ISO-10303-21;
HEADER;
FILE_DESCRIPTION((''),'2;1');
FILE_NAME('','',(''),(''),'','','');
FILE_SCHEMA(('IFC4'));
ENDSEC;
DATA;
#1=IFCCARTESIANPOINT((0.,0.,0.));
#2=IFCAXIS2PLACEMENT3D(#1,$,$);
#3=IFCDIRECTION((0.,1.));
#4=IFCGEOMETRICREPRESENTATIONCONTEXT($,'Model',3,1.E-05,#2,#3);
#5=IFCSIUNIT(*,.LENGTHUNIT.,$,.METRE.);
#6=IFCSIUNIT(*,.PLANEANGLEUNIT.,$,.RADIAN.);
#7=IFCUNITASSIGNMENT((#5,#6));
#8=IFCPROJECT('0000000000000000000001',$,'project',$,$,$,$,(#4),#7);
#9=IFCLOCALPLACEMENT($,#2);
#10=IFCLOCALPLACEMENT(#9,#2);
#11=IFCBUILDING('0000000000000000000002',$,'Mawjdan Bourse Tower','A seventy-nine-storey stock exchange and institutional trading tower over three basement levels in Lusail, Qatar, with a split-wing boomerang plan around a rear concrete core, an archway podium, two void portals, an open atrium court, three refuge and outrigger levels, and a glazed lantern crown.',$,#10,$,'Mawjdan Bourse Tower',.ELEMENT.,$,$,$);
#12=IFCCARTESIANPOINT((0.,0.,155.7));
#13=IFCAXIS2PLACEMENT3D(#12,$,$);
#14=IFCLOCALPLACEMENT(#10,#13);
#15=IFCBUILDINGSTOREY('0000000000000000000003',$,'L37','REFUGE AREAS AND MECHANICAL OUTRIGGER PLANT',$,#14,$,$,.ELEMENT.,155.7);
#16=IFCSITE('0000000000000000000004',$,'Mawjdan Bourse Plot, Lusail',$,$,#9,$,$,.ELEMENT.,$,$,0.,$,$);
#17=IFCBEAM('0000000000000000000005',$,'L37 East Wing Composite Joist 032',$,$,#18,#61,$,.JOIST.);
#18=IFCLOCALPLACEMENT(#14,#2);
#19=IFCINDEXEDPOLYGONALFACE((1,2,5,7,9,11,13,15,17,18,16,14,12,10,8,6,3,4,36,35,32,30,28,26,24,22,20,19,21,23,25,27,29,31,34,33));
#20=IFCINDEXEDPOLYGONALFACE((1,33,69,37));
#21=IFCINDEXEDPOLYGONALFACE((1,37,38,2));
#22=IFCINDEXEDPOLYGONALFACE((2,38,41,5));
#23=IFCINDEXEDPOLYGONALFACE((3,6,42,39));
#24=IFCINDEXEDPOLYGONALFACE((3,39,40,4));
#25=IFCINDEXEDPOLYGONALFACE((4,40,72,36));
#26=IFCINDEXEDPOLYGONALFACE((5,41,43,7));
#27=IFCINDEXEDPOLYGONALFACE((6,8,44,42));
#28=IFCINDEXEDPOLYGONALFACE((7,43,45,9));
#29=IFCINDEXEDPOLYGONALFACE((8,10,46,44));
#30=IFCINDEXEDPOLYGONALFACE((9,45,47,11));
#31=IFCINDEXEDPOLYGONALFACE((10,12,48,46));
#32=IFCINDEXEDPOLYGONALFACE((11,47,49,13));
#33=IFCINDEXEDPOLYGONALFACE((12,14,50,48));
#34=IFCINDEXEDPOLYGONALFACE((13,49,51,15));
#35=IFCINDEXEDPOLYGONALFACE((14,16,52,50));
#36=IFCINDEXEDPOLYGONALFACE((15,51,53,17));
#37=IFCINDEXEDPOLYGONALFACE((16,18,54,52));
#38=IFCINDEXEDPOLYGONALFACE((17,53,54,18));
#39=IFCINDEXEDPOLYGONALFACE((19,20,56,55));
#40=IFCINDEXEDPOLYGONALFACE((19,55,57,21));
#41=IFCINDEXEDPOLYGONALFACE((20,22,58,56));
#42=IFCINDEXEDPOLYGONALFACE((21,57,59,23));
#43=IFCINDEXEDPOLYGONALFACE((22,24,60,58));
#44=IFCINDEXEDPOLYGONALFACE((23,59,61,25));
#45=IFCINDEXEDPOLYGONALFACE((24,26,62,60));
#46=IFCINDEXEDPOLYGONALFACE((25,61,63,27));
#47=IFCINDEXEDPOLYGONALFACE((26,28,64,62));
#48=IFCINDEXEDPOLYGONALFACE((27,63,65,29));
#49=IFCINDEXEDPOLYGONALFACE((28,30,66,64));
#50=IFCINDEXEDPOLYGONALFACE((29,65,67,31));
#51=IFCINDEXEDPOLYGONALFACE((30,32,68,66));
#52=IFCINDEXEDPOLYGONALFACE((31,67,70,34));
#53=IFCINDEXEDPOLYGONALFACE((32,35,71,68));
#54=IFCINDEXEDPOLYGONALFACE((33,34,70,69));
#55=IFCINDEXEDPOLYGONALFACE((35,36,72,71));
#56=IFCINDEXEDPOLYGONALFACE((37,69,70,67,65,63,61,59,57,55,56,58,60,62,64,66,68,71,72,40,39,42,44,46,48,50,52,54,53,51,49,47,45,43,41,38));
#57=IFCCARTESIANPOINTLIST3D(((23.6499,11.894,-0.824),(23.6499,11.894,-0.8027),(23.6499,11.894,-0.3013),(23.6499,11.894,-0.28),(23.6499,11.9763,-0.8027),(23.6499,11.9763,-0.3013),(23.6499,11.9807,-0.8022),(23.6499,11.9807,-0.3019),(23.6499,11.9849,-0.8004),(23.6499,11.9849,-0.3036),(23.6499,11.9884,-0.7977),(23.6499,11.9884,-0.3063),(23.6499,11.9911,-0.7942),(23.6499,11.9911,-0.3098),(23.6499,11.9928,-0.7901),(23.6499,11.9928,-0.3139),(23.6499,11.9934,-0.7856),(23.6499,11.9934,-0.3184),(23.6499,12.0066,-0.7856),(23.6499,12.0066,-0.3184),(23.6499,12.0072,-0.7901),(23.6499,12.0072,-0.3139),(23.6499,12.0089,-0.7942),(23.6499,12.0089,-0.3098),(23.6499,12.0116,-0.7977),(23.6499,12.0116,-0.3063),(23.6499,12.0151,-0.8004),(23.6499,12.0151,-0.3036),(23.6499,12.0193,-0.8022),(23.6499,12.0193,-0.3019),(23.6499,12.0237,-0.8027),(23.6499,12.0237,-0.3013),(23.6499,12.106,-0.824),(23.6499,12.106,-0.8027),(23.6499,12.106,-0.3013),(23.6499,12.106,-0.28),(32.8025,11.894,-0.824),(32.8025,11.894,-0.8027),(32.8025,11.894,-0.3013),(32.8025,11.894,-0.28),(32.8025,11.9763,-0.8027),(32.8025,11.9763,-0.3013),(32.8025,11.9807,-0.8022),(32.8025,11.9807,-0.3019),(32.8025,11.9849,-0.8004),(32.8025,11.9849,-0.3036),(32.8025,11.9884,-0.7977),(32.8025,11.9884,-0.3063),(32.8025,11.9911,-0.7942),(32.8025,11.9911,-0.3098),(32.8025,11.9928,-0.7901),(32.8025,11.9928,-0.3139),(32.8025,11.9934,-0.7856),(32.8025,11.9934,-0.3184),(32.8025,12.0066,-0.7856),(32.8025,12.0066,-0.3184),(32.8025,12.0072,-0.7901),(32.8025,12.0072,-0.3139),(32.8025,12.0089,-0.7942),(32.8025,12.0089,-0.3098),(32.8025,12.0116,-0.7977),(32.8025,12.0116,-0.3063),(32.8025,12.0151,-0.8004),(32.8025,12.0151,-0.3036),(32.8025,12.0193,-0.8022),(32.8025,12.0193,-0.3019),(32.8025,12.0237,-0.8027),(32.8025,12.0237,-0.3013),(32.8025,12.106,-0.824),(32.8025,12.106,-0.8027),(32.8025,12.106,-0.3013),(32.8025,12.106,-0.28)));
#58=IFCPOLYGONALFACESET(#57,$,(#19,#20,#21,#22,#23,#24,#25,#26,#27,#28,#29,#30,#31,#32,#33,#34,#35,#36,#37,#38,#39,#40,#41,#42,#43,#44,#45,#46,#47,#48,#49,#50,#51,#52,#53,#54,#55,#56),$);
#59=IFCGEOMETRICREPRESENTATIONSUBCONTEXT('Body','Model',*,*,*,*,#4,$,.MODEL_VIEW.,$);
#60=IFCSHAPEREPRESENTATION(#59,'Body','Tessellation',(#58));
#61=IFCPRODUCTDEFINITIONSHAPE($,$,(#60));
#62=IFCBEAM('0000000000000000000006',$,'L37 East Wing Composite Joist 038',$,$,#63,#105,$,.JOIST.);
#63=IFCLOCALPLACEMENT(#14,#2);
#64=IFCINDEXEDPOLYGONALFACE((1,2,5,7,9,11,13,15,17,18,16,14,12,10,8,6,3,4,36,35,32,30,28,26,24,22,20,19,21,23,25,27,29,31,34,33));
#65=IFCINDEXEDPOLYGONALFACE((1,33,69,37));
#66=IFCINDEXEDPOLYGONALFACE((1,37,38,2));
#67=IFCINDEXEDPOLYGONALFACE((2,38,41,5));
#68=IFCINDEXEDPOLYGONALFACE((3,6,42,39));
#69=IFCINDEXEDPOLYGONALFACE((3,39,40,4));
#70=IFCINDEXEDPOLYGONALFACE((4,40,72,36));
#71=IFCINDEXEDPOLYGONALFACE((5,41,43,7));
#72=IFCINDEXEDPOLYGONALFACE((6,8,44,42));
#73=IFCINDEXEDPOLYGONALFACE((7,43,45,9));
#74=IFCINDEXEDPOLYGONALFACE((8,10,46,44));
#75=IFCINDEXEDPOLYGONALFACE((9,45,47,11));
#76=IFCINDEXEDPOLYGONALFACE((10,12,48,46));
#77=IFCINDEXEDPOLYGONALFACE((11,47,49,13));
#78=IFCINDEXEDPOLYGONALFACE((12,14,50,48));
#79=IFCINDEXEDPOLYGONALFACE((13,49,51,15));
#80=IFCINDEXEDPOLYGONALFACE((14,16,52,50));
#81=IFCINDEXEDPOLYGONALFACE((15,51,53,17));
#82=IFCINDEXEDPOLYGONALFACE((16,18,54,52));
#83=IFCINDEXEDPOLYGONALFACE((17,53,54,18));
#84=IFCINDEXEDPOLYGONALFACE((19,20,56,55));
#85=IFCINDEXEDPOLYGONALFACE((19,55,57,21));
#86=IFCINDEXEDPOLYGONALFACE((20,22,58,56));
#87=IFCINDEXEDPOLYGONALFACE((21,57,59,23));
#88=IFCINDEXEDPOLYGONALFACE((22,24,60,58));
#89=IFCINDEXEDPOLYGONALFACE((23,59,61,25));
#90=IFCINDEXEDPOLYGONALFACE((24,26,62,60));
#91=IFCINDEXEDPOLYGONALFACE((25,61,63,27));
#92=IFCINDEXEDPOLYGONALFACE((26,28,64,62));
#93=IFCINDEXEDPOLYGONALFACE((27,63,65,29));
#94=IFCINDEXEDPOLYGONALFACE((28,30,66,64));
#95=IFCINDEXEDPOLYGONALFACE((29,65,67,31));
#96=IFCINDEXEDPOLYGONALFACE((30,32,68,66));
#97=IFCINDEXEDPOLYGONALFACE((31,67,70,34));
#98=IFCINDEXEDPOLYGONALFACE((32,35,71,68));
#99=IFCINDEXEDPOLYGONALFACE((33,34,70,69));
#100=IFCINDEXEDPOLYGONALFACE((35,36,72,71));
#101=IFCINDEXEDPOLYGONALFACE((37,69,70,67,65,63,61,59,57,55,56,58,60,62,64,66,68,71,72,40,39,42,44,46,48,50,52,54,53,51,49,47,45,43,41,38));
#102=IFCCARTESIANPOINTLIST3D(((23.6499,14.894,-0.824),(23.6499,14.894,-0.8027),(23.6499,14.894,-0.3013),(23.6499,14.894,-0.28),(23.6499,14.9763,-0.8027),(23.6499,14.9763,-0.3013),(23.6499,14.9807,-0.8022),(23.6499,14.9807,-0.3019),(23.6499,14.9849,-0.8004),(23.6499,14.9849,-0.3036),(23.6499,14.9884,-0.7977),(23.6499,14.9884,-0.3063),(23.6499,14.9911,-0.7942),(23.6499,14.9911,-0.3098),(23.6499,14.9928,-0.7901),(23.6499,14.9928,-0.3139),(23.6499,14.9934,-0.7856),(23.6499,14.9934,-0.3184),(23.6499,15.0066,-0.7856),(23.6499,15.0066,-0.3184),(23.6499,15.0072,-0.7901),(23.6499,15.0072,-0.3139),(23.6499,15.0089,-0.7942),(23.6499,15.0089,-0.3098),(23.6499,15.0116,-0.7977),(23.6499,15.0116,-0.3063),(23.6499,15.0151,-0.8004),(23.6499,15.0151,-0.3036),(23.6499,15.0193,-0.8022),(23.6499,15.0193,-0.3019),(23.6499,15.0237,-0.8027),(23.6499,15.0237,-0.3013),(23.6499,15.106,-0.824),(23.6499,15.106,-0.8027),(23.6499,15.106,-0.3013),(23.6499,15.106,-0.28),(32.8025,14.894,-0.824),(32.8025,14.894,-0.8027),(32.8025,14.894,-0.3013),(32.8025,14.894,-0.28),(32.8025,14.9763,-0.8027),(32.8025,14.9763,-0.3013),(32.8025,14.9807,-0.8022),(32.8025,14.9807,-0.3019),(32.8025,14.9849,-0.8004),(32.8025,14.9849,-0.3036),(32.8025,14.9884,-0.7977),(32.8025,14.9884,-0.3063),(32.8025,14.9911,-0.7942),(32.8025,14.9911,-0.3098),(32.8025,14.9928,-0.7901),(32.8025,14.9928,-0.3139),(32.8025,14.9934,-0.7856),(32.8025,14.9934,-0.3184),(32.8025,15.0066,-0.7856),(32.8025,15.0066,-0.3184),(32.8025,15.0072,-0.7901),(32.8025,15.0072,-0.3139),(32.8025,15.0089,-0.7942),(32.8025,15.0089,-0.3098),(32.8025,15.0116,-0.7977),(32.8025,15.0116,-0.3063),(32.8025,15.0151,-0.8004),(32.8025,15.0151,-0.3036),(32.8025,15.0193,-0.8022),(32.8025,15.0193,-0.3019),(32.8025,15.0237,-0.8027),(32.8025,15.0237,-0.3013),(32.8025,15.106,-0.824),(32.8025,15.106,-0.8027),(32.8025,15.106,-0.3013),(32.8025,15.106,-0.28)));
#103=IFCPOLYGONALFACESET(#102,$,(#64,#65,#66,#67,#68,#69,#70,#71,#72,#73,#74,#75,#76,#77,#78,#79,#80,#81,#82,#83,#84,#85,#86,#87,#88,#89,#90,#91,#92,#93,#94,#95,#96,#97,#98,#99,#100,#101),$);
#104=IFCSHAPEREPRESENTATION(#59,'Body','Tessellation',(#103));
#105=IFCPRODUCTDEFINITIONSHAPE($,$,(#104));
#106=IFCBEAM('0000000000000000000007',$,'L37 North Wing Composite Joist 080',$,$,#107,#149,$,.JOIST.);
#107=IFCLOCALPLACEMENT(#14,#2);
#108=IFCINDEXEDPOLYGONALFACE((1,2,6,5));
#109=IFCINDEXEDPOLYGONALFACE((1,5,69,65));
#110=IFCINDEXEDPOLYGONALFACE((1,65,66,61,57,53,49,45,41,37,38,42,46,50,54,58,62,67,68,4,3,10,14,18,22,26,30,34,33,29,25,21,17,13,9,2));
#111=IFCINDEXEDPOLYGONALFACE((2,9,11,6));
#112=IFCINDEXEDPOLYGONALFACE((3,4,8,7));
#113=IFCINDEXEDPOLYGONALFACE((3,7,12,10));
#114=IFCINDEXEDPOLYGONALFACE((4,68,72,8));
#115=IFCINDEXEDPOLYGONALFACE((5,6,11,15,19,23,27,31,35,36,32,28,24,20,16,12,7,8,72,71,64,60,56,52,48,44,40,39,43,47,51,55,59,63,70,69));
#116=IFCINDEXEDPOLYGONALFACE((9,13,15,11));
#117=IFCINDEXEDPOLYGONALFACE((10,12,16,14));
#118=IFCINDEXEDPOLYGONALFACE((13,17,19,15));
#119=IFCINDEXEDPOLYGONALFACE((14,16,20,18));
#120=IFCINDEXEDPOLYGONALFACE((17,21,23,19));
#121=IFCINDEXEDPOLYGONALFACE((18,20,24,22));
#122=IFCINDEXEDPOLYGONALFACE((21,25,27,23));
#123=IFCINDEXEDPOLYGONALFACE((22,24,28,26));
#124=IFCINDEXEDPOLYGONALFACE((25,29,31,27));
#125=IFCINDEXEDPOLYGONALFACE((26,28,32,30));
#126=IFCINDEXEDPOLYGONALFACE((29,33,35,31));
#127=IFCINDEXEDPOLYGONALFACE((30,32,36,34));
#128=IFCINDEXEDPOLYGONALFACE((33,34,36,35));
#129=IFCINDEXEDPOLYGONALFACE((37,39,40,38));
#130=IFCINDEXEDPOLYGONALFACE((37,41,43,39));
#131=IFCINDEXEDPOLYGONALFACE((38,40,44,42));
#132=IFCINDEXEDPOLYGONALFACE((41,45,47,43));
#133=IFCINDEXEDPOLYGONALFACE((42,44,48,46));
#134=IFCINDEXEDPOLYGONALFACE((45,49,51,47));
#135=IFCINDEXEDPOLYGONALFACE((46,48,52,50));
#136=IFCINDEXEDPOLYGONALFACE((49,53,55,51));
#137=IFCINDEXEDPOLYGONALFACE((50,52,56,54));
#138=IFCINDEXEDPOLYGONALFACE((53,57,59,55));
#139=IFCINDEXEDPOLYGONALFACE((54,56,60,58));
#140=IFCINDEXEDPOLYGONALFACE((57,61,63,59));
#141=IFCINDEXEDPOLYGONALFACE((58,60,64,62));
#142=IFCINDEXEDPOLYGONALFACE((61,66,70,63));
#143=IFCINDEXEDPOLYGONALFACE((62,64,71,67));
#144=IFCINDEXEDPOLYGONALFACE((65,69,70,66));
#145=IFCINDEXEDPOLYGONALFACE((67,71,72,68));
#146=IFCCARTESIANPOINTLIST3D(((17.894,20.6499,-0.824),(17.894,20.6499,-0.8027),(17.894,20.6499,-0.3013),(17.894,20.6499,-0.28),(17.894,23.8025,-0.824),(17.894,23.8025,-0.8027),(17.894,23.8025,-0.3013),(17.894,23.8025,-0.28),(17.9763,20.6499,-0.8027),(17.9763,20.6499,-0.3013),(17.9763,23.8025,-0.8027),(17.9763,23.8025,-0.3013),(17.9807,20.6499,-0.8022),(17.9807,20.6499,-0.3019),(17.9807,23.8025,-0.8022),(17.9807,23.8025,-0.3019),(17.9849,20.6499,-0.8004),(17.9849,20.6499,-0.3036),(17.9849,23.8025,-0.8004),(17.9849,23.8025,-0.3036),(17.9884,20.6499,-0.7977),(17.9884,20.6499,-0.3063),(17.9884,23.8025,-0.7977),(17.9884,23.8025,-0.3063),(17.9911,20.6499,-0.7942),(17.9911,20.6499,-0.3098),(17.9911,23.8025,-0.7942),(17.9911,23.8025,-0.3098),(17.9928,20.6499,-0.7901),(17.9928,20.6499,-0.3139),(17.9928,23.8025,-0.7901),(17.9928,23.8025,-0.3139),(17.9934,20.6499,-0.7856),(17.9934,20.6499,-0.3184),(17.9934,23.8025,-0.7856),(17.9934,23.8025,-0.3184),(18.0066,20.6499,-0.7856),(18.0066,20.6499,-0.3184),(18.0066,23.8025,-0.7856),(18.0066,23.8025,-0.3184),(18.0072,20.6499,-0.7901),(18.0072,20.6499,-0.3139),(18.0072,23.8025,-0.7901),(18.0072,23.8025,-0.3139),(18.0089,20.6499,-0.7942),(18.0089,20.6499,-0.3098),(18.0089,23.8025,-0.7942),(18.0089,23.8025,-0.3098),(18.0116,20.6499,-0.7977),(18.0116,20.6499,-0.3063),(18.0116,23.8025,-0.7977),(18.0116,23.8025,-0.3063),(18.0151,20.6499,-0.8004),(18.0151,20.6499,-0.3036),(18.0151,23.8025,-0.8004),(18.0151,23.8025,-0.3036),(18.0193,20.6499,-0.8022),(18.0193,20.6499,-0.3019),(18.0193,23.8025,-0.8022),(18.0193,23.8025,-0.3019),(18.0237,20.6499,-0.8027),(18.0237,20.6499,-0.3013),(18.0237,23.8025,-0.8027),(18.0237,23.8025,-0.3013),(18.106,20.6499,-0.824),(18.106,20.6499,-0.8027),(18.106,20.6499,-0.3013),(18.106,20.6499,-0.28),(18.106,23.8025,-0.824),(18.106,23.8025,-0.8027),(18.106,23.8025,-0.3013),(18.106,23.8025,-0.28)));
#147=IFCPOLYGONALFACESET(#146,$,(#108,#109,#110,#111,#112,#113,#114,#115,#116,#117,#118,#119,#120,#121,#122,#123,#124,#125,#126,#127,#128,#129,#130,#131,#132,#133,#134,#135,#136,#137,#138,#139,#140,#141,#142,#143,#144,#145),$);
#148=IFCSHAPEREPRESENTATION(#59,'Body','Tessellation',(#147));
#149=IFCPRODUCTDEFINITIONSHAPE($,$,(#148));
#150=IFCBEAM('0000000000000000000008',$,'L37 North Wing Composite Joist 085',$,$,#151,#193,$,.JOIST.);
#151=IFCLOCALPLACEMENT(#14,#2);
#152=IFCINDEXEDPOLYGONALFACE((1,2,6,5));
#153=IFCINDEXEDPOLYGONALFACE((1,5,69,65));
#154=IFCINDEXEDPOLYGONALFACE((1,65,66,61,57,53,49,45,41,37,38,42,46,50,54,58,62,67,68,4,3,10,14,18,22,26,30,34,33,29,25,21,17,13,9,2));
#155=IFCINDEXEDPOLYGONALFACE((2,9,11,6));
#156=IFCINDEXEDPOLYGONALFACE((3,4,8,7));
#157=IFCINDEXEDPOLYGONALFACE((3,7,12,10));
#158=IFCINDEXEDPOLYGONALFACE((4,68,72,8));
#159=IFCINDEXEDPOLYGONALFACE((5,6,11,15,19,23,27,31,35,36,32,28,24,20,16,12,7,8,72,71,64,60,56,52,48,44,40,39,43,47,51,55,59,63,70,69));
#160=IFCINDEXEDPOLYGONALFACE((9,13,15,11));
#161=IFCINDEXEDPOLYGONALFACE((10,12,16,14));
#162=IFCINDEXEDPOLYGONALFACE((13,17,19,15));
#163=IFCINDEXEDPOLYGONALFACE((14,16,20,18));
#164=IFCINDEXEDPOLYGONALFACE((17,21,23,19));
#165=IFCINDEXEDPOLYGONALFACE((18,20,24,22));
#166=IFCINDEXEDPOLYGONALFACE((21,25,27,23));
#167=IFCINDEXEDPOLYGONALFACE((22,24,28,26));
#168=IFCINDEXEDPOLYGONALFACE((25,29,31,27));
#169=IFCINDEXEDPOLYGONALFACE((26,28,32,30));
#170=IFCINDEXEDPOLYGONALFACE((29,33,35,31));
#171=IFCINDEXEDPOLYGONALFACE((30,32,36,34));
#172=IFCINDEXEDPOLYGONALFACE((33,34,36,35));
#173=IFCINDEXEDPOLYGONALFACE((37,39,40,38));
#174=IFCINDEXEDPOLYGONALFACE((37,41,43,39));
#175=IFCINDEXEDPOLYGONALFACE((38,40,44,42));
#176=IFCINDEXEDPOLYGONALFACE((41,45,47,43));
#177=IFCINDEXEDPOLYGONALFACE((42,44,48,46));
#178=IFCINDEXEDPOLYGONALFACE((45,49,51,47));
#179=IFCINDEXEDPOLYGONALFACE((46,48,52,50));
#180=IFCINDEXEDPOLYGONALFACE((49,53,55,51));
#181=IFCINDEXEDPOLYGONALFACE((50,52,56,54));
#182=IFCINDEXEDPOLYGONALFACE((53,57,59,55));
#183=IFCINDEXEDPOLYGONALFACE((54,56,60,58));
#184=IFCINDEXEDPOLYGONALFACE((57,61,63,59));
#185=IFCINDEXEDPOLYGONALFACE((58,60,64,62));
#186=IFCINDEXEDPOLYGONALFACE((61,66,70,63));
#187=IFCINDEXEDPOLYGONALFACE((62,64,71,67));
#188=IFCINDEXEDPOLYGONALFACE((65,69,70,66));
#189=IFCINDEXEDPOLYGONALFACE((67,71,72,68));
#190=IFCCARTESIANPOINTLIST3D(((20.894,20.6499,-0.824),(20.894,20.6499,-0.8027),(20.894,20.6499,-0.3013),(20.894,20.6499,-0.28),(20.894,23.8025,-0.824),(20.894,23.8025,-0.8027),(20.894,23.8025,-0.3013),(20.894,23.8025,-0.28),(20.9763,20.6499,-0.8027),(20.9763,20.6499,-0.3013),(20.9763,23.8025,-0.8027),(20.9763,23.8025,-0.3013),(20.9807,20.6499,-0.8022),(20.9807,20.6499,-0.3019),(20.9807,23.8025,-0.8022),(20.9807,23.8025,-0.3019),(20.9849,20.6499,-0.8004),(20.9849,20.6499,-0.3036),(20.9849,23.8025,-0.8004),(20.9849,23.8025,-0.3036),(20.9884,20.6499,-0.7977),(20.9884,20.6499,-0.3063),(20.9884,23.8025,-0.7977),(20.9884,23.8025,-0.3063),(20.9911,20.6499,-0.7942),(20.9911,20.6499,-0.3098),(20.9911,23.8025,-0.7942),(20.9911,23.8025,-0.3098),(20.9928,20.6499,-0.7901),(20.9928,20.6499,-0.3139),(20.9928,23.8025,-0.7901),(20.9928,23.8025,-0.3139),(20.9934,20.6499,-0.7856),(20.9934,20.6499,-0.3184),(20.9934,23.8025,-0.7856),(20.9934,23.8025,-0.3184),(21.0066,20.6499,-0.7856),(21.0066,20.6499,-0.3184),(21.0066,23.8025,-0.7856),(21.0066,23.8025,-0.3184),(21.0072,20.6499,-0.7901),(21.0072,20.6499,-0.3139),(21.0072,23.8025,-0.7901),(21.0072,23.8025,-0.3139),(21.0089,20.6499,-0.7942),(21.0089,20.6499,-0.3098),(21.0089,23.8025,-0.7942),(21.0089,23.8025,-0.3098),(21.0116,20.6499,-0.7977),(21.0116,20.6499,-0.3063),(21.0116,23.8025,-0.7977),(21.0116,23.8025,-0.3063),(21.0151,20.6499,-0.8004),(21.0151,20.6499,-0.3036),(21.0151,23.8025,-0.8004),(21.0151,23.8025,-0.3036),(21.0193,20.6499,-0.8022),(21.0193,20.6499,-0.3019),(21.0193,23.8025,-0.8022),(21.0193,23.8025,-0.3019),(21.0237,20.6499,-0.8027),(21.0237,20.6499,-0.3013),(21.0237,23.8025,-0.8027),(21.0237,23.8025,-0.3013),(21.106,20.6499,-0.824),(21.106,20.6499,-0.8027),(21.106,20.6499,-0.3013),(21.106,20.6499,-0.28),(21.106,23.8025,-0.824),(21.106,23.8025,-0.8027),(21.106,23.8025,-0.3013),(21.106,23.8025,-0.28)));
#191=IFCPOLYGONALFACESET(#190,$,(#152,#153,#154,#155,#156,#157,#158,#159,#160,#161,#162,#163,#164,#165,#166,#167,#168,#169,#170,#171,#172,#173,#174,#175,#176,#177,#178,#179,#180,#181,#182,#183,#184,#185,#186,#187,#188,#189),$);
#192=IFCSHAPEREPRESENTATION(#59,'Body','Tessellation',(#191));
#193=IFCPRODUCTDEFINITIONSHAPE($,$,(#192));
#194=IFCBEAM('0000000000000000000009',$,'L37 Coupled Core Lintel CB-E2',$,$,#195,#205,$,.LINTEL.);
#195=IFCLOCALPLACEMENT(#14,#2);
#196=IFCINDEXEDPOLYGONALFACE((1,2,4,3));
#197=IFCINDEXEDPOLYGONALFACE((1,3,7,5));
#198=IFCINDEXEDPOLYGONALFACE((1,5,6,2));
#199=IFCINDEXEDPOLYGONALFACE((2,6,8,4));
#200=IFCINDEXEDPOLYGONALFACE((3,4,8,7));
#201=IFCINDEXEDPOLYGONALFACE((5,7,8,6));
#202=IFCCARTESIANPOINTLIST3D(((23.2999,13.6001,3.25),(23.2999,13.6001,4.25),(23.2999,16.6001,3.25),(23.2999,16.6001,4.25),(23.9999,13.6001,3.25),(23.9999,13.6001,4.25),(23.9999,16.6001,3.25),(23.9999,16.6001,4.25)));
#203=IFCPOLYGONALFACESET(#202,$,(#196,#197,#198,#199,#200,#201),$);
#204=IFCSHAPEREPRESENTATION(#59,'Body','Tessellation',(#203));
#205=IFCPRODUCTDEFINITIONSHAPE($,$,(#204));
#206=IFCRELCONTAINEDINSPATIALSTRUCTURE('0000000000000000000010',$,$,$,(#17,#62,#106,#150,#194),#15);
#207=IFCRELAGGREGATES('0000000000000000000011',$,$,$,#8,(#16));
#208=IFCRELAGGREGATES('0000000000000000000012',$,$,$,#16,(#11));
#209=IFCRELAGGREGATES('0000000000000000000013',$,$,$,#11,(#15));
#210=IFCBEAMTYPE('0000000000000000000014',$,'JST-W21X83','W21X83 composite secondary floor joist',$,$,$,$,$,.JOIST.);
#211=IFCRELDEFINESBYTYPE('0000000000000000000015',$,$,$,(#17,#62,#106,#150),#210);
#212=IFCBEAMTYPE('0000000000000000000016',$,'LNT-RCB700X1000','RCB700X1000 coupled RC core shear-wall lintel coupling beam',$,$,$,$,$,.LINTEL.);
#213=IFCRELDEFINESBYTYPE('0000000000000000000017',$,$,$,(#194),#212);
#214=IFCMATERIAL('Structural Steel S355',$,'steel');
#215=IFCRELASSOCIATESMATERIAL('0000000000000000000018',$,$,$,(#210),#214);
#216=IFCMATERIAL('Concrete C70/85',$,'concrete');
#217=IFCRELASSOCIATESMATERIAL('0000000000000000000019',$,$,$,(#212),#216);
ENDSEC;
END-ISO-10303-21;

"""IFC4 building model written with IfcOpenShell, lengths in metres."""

from ifc_helpers import new_model, si_unit, direction, frame, origin, origin_2d, place, context, subcontext, project, spatial, rectangle, i_section, extrude, material, material_profile, profile_set, type_object, element, save


model = new_model("IFC4")

# Units and contexts
model_context = context("Model", 3, precision=1e-05, world=origin(), true_north=direction((0.0, 1.0)))
body_context = subcontext(model_context, "Body", "Model", "MODEL_VIEW")
ifc_project = project(units=[si_unit("LENGTHUNIT", "METRE"), si_unit("PLANEANGLEUNIT", "RADIAN")], contexts=[model_context])

# Site, building, storey
site_placement = place(None, origin())
site = spatial("IfcSite", under=ifc_project, at=site_placement, Name="Mawjdan Bourse Plot, Lusail", CompositionType="ELEMENT", RefElevation=0.0)
building_placement = place(site_placement, origin())
building = spatial("IfcBuilding", under=site, at=building_placement, Name="Mawjdan Bourse Tower", Description="A seventy-nine-storey stock exchange and institutional trading tower over three basement levels in Lusail, Qatar, with a split-wing boomerang plan around a rear concrete core, an archway podium, two void portals, an open atrium court, three refuge and outrigger levels, and a glazed lantern crown.", LongName="Mawjdan Bourse Tower", CompositionType="ELEMENT")
storey_placement = place(building_placement, frame((0.0, 0.0, 155.7)))
storey = spatial("IfcBuildingStorey", under=building, at=storey_placement, Name="L37", Description="REFUGE AREAS AND MECHANICAL OUTRIGGER PLANT", CompositionType="ELEMENT", Elevation=155.7)

# Beams
ifc_material_1 = material(Name="Structural Steel S355", Category="steel")
ifc_material_profile_1 = material_profile(ifc_material_1, i_section(OverallWidth=0.2119, OverallDepth=0.5439, WebThickness=0.0132, FlangeThickness=0.0212, FilletRadius=0.0171, at=origin_2d()), Name="W21X83")
ifc_profile_set_1 = profile_set([ifc_material_profile_1], Name="Structural Steel S355")
beam_type_1 = type_object("IfcBeamType", Name="JST-W21X83", Description="W21X83 composite secondary floor joist", PredefinedType="JOIST", material=ifc_profile_set_1)
for number, where, z_axis, x_axis, name in (
    (1, (23.6499, 12.0, -0.552), (1.0, 0.0, 0.0), (0.0, 1.0, 0.0), "L37 East Wing Composite Joist 032"),
    (2, (23.6499, 15.0, -0.552), (1.0, 0.0, 0.0), (0.0, 1.0, 0.0), "L37 East Wing Composite Joist 038"),
):
    element("IfcBeam", number, at=place(storey_placement, frame(where, z_axis=z_axis, x_axis=x_axis)), inside=storey, type_object=beam_type_1, Name=name, PredefinedType="JOIST", context=body_context, shape_type="SweptSolid", body=[
        extrude(i_section(OverallWidth=0.2119, OverallDepth=0.5439, WebThickness=0.0132, FlangeThickness=0.0212, FilletRadius=0.0171, at=origin_2d()), origin(), (0.0, 0.0, 1.0), 9.1526),
    ])
for number, where, z_axis, x_axis, name in (
    (3, (18.0, 20.6499, -0.552), (0.0, 1.0, 0.0), (-1.0, 0.0, 0.0), "L37 North Wing Composite Joist 080"),
    (4, (21.0, 20.6499, -0.552), (0.0, 1.0, 0.0), (-1.0, 0.0, 0.0), "L37 North Wing Composite Joist 085"),
):
    element("IfcBeam", number, at=place(storey_placement, frame(where, z_axis=z_axis, x_axis=x_axis)), inside=storey, type_object=beam_type_1, Name=name, PredefinedType="JOIST", context=body_context, shape_type="SweptSolid", body=[
        extrude(i_section(OverallWidth=0.2119, OverallDepth=0.5439, WebThickness=0.0132, FlangeThickness=0.0212, FilletRadius=0.0171, at=origin_2d()), origin(), (0.0, 0.0, 1.0), 3.1526),
    ])
ifc_material_2 = material(Name="Concrete C70/85", Category="concrete")
ifc_material_profile_2 = material_profile(ifc_material_2, rectangle(XDim=0.7, YDim=1.0, at=origin_2d()), Name="RCB700X1000")
ifc_profile_set_2 = profile_set([ifc_material_profile_2], Name="Concrete C70/85")
beam_type_2 = type_object("IfcBeamType", Name="LNT-RCB700X1000", Description="RCB700X1000 coupled RC core shear-wall lintel coupling beam", PredefinedType="LINTEL", material=ifc_profile_set_2)
beam_1_placement = place(storey_placement, frame((23.6499, 13.6001, 3.75), z_axis=(0.0, 1.0, 0.0), x_axis=(-1.0, 0.0, 0.0)))
element("IfcBeam", 5, at=beam_1_placement, inside=storey, type_object=beam_type_2, Name="L37 Coupled Core Lintel CB-E2", PredefinedType="LINTEL", context=body_context, shape_type="SweptSolid", body=[
    extrude(rectangle(XDim=0.7, YDim=1.0, at=origin_2d()), origin(), (0.0, 0.0, 1.0), 3.0),
])

save(model, "model.ifc")
